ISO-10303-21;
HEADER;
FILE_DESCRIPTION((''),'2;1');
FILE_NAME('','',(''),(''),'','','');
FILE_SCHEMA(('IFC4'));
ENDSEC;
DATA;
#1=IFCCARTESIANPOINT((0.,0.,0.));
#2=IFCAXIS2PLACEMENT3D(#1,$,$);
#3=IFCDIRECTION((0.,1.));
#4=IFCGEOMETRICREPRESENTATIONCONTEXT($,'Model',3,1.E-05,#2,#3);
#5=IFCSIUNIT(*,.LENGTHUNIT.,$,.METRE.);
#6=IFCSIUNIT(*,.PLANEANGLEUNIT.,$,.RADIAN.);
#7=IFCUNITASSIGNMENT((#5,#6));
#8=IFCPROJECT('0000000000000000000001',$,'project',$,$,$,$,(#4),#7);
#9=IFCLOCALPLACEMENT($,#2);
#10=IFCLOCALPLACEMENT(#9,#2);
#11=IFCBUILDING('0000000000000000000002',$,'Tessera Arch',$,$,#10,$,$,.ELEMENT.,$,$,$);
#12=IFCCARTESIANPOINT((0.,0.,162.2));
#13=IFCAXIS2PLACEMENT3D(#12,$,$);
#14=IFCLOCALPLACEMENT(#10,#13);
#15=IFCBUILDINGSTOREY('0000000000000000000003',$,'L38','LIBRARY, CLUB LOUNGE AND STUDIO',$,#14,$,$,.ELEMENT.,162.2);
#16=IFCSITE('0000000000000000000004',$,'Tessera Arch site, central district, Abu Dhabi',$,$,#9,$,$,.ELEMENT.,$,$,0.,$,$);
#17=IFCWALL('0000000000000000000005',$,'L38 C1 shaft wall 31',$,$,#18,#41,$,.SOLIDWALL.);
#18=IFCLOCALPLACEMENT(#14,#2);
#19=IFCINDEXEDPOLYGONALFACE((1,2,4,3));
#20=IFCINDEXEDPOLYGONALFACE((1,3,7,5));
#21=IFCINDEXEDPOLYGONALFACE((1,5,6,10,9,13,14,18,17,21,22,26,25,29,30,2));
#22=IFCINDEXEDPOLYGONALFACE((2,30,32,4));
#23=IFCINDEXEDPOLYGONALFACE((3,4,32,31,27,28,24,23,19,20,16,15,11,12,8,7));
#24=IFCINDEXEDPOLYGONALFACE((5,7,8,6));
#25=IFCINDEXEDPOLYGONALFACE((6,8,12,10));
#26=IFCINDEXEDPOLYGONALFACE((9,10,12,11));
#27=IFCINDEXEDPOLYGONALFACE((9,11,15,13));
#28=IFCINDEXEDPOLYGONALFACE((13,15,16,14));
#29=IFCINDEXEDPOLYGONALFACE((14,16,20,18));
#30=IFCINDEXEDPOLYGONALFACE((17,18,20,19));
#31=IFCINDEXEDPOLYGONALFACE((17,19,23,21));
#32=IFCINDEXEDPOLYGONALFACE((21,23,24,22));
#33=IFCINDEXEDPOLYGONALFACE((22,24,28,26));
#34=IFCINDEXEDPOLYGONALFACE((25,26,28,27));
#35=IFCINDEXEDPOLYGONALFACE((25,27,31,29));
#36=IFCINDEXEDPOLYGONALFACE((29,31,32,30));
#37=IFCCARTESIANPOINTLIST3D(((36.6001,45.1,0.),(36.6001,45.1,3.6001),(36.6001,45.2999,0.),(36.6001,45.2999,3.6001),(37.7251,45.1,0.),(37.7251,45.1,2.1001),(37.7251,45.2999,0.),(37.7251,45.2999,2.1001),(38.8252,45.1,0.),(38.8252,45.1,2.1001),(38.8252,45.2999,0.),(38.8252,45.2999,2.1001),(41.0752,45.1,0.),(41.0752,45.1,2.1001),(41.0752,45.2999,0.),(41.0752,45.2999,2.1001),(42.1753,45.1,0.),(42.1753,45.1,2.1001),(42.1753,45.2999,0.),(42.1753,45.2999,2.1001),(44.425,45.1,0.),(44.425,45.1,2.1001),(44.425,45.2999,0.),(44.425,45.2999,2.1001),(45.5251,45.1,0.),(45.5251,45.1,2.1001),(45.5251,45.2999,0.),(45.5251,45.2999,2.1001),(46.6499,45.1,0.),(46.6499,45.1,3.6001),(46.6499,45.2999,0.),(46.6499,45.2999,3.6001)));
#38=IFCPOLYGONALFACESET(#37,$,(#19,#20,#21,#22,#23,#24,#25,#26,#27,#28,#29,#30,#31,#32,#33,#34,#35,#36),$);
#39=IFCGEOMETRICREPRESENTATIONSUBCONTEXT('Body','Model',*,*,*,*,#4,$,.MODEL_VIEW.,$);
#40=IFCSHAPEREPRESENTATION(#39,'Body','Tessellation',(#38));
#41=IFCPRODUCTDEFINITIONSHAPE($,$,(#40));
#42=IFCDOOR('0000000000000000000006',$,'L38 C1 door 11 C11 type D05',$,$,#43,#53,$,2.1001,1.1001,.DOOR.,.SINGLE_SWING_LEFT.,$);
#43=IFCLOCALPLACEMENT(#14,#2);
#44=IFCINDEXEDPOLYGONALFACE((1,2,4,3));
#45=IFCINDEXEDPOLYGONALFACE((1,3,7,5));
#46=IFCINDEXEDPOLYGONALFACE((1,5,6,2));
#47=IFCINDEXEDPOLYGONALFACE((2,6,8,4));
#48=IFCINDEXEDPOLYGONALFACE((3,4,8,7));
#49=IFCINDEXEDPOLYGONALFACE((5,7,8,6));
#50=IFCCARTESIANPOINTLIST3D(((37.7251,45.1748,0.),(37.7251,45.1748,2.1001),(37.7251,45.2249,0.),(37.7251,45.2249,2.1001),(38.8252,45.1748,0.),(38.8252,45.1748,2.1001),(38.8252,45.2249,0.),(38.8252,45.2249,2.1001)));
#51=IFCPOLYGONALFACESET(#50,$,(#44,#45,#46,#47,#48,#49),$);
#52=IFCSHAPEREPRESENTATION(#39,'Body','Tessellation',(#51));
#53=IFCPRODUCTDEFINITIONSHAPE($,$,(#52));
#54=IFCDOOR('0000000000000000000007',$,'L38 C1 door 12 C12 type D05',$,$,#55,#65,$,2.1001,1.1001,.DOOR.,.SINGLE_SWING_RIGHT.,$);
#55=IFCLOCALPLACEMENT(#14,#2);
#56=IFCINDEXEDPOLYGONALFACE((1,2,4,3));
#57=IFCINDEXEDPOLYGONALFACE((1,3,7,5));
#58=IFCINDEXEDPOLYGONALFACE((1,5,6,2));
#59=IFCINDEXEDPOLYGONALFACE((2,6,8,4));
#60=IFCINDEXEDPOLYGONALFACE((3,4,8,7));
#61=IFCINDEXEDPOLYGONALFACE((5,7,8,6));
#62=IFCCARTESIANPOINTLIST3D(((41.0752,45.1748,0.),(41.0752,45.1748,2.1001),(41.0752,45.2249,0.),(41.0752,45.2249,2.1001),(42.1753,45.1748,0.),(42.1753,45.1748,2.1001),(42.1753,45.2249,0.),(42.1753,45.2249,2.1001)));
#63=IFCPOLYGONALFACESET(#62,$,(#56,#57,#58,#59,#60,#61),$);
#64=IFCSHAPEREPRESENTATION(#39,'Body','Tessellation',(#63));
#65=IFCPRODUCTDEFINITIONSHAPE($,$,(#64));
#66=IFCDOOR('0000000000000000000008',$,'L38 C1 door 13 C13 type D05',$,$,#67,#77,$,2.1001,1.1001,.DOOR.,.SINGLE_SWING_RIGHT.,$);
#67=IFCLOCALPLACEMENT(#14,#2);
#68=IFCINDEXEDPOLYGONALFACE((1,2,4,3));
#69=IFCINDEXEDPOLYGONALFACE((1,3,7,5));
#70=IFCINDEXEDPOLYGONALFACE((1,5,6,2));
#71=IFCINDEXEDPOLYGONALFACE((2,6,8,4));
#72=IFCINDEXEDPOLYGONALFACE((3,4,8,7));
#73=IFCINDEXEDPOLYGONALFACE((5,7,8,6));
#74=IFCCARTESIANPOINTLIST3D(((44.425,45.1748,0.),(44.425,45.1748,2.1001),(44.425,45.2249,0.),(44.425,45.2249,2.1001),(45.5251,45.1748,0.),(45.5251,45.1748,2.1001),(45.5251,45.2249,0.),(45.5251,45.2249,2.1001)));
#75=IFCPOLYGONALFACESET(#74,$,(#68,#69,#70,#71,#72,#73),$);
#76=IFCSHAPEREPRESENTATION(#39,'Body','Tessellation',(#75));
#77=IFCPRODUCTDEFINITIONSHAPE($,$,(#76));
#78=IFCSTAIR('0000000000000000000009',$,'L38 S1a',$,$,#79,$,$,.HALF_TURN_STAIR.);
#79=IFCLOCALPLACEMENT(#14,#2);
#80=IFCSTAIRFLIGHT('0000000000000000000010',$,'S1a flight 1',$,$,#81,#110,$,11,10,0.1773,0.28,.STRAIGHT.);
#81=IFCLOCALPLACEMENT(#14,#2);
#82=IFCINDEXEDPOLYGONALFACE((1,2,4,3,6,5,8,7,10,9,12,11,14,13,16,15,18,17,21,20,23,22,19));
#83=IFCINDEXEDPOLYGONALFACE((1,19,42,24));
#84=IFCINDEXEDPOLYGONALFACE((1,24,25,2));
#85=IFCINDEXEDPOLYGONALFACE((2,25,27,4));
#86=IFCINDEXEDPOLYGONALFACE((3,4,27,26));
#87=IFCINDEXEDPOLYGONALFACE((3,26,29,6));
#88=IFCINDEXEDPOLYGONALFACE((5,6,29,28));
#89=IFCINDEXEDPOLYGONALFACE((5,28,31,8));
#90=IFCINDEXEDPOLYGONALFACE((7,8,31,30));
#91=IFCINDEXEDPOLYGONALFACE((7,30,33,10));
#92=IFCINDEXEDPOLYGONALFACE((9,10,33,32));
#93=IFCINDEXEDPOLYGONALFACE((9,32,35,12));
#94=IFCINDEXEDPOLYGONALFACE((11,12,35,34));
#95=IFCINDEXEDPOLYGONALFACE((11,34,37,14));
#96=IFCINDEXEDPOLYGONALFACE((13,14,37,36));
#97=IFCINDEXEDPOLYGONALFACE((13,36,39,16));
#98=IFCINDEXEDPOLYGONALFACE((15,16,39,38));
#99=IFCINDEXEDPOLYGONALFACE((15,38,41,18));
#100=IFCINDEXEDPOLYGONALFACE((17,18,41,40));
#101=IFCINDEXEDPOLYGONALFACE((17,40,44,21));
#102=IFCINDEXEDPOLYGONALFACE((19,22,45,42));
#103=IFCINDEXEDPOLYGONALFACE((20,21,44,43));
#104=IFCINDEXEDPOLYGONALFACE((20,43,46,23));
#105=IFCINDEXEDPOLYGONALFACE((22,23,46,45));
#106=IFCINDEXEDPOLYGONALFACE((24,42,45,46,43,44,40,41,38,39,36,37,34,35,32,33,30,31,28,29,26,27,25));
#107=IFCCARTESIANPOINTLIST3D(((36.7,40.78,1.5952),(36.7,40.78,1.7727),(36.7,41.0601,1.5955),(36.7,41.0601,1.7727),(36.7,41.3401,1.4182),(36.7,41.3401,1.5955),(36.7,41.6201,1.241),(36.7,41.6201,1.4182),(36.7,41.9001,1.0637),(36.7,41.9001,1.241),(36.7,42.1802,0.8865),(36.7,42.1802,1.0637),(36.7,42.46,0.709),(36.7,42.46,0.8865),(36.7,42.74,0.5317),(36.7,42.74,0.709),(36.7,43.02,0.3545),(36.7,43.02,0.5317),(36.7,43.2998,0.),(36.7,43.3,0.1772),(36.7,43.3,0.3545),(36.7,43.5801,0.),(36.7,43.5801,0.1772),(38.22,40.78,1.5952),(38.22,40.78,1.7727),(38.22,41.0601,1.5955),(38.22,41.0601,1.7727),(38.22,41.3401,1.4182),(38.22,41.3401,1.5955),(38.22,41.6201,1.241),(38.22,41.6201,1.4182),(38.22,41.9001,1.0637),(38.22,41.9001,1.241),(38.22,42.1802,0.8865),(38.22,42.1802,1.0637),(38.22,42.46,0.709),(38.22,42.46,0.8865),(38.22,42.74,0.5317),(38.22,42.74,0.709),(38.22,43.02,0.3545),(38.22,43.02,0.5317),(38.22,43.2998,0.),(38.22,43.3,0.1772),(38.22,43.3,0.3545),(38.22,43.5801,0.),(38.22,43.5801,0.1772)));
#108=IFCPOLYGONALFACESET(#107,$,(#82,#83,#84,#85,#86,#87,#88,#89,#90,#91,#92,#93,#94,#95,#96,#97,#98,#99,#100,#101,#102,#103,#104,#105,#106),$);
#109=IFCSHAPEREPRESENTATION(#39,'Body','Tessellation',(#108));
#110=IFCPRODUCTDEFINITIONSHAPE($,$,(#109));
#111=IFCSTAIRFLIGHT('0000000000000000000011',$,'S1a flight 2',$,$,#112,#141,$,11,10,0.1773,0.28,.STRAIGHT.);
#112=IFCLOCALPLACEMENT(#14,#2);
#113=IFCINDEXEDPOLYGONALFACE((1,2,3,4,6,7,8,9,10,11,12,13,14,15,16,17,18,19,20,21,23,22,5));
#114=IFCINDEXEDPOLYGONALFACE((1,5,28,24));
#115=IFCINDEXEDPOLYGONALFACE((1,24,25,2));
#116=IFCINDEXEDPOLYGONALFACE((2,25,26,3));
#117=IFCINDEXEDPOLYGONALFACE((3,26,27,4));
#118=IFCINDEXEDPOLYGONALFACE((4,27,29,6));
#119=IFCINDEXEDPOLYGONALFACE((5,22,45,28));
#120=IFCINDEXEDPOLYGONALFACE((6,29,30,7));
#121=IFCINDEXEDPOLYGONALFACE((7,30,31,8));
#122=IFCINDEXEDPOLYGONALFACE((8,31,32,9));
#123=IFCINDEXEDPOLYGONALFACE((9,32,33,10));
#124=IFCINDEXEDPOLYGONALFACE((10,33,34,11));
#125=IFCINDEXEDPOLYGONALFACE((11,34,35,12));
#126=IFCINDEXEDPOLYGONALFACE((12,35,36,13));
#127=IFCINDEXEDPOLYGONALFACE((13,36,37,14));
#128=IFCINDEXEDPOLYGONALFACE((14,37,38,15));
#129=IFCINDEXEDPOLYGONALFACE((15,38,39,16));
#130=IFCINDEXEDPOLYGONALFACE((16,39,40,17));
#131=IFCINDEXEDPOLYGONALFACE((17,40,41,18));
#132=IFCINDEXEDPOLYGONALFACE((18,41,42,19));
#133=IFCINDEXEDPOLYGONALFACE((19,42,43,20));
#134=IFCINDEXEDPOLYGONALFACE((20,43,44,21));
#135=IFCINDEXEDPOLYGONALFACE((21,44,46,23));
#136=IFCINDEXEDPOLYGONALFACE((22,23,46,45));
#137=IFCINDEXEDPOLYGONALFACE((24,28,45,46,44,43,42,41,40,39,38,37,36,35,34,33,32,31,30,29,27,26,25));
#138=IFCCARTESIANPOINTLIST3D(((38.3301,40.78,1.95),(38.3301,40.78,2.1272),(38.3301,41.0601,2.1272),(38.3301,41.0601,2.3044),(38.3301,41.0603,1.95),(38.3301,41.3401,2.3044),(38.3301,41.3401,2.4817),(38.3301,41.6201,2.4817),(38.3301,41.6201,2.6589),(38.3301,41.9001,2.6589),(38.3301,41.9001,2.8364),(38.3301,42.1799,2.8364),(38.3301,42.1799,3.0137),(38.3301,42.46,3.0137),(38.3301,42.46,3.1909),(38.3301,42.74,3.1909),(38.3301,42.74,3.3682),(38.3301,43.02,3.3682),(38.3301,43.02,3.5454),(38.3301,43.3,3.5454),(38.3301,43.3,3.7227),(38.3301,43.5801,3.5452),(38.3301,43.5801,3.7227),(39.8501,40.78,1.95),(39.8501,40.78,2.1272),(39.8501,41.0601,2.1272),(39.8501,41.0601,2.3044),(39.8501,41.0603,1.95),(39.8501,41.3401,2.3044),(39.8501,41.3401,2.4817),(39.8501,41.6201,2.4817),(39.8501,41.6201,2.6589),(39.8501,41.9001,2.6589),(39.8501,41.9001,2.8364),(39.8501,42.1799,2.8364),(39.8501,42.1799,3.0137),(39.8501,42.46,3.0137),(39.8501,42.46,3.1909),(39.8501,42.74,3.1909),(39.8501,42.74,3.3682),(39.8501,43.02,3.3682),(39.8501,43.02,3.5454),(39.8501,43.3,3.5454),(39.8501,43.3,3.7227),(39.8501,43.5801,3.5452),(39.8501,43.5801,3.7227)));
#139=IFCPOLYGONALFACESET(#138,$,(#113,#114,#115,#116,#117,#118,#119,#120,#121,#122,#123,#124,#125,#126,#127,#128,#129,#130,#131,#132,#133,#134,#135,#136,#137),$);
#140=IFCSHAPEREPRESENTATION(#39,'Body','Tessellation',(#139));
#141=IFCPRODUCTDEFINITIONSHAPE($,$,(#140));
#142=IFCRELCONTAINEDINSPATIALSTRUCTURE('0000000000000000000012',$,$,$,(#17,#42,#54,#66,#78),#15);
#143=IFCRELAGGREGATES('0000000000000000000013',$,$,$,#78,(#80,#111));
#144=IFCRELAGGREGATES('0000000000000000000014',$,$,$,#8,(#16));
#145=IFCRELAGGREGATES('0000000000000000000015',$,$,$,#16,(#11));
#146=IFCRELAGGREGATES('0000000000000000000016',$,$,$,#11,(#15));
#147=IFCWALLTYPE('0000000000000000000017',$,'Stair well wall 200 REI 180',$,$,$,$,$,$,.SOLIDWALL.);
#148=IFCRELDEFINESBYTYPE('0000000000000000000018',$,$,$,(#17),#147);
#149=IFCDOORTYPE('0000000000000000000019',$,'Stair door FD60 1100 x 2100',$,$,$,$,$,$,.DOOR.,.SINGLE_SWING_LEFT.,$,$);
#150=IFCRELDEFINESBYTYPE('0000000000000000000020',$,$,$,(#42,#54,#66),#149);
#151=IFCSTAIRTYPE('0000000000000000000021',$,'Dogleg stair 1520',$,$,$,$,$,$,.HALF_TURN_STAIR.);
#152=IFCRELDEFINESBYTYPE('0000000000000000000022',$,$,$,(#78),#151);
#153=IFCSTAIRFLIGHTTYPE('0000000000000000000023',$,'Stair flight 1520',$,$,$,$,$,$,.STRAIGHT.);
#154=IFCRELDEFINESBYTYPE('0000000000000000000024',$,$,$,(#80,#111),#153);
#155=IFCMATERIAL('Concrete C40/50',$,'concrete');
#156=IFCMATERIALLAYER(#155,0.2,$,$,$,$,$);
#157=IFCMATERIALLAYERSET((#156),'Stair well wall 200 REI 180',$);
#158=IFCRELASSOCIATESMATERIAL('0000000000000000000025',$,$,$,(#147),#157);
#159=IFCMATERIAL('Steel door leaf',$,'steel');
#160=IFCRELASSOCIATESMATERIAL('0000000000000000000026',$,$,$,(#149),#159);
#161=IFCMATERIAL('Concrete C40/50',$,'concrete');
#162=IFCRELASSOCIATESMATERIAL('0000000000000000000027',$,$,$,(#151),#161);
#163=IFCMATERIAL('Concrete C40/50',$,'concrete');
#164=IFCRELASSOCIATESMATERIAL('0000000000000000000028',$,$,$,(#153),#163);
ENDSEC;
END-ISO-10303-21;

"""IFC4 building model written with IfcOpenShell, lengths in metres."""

from ifc_helpers import new_model, si_unit, direction, frame, frame_2d, origin, place, context, subcontext, project, spatial, polyline, rectangle, outline, extrude, material, layer, layer_set, type_object, element, fill, aggregate, save


model = new_model("IFC4")

# Units and contexts
model_context = context("Model", 3, precision=1e-05, world=origin(), true_north=direction((0.0, 1.0)))
body_context = subcontext(model_context, "Body", "Model", "MODEL_VIEW")
ifc_project = project(units=[si_unit("LENGTHUNIT", "METRE"), si_unit("PLANEANGLEUNIT", "RADIAN")], contexts=[model_context])

# Site, building, storey
site_placement = place(None, origin())
site = spatial("IfcSite", under=ifc_project, at=site_placement, Name="Tessera Arch site, central district, Abu Dhabi", CompositionType="ELEMENT", RefElevation=0.0)
building_placement = place(site_placement, origin())
building = spatial("IfcBuilding", under=site, at=building_placement, Name="Tessera Arch", CompositionType="ELEMENT")
storey_placement = place(building_placement, frame((0.0, 0.0, 162.2)))
storey = spatial("IfcBuildingStorey", under=building, at=storey_placement, Name="L38", Description="LIBRARY, CLUB LOUNGE AND STUDIO", CompositionType="ELEMENT", Elevation=162.2)

# Shared definitions
ifc_material_1 = material(Name="Concrete C40/50", Category="concrete")
ifc_layer_1 = layer(ifc_material_1, 0.2)
ifc_layer_set_1 = layer_set([ifc_layer_1], Name="Stair well wall 200 REI 180")
wall_type_1 = type_object("IfcWallType", Name="Stair well wall 200 REI 180", PredefinedType="SOLIDWALL", material=ifc_layer_set_1)

# Wall, openings, doors
wall_1_placement = place(storey_placement, frame((36.6001, 45.2, 0.0), z_axis=(0.0, 0.0, 1.0), x_axis=(1.0, 0.0, 0.0)))
wall_1 = element("IfcWall", 1, at=wall_1_placement, inside=storey, type_object=wall_type_1, Name="L38 C1 shaft wall 31", PredefinedType="SOLIDWALL", context=body_context, shape_type="SweptSolid", body=[
    extrude(rectangle(XDim=10.0498, YDim=0.2, at=frame_2d((5.0249, 0.0))), origin(), (0.0, 0.0, 1.0), 3.6001),
])
opening_1_placement = place(wall_1_placement, frame((1.125, 0.0, 0.0)))
opening_1 = element("IfcOpeningElement", 2, at=opening_1_placement, cuts=wall_1, PredefinedType="OPENING", context=body_context, shape_type="SweptSolid", body=[
    extrude(rectangle(XDim=1.1001, YDim=2.1001, at=frame_2d((0.55, 1.05))), frame((0.0, 0.1099, 0.0), z_axis=(0.0, -1.0, 0.0), x_axis=(1.0, 0.0, 0.0)), (0.0, 0.0, 1.0), 0.22),
])
opening_2_placement = place(wall_1_placement, frame((4.4751, 0.0, 0.0)))
opening_2 = element("IfcOpeningElement", 3, at=opening_2_placement, cuts=wall_1, PredefinedType="OPENING", context=body_context, shape_type="SweptSolid", body=[
    extrude(rectangle(XDim=1.1001, YDim=2.1001, at=frame_2d((0.55, 1.05))), frame((0.0, 0.1099, 0.0), z_axis=(0.0, -1.0, 0.0), x_axis=(1.0, 0.0, 0.0)), (0.0, 0.0, 1.0), 0.22),
])
opening_3_placement = place(wall_1_placement, frame((7.825, 0.0, 0.0)))
opening_3 = element("IfcOpeningElement", 4, at=opening_3_placement, cuts=wall_1, PredefinedType="OPENING", context=body_context, shape_type="SweptSolid", body=[
    extrude(rectangle(XDim=1.1001, YDim=2.1001, at=frame_2d((0.55, 1.05))), frame((0.0, 0.1099, 0.0), z_axis=(0.0, -1.0, 0.0), x_axis=(1.0, 0.0, 0.0)), (0.0, 0.0, 1.0), 0.22),
])
ifc_material_2 = material(Name="Steel door leaf", Category="steel")
door_type_1 = type_object("IfcDoorType", Name="Stair door FD60 1100 x 2100", OperationType="SINGLE_SWING_LEFT", PredefinedType="DOOR", material=ifc_material_2)
door_1_placement = place(opening_1_placement, origin())
door_1 = element("IfcDoor", 5, at=door_1_placement, inside=storey, type_object=door_type_1, Name="L38 C1 door 11 C11 type D05", OperationType="SINGLE_SWING_LEFT", OverallHeight=2.1001, OverallWidth=1.1001, PredefinedType="DOOR", context=body_context, shape_type="SweptSolid", body=[
    extrude(rectangle(XDim=1.1001, YDim=2.1001, at=frame_2d((0.55, 1.05))), frame((0.0, 0.0249, 0.0), z_axis=(0.0, -1.0, 0.0), x_axis=(1.0, 0.0, 0.0)), (0.0, 0.0, 1.0), 0.05),
])
fill(opening_1, door_1)
door_2_placement = place(opening_2_placement, origin())
door_2 = element("IfcDoor", 6, at=door_2_placement, inside=storey, type_object=door_type_1, Name="L38 C1 door 12 C12 type D05", OperationType="SINGLE_SWING_RIGHT", OverallHeight=2.1001, OverallWidth=1.1001, PredefinedType="DOOR", context=body_context, shape_type="SweptSolid", body=[
    extrude(rectangle(XDim=1.1001, YDim=2.1001, at=frame_2d((0.55, 1.05))), frame((0.0, 0.0249, 0.0), z_axis=(0.0, -1.0, 0.0), x_axis=(1.0, 0.0, 0.0)), (0.0, 0.0, 1.0), 0.05),
])
fill(opening_2, door_2)
door_3_placement = place(opening_3_placement, origin())
door_3 = element("IfcDoor", 7, at=door_3_placement, inside=storey, type_object=door_type_1, Name="L38 C1 door 13 C13 type D05", OperationType="SINGLE_SWING_RIGHT", OverallHeight=2.1001, OverallWidth=1.1001, PredefinedType="DOOR", context=body_context, shape_type="SweptSolid", body=[
    extrude(rectangle(XDim=1.1001, YDim=2.1001, at=frame_2d((0.55, 1.05))), frame((0.0, 0.0249, 0.0), z_axis=(0.0, -1.0, 0.0), x_axis=(1.0, 0.0, 0.0)), (0.0, 0.0, 1.0), 0.05),
])
fill(opening_3, door_3)

# Stair, stair flights
ifc_material_3 = material(Name="Concrete C40/50", Category="concrete")
stair_type = type_object("IfcStairType", Name="Dogleg stair 1520", PredefinedType="HALF_TURN_STAIR", material=ifc_material_3)
stair_placement = place(storey_placement, origin())
stair = element("IfcStair", 8, at=stair_placement, inside=storey, type_object=stair_type, Name="L38 S1a", PredefinedType="HALF_TURN_STAIR")
ifc_material_4 = material(Name="Concrete C40/50", Category="concrete")
stair_flight_type = type_object("IfcStairFlightType", Name="Stair flight 1520", PredefinedType="STRAIGHT", material=ifc_material_4)
stair_flight_1_placement = place(storey_placement, frame((37.46, 43.5801, 0.0), z_axis=(0.0, 0.0, 1.0), x_axis=(0.0, -1.0, 0.0)))
stair_flight_1 = element("IfcStairFlight", 9, at=stair_flight_1_placement, type_object=stair_flight_type, Name="S1a flight 1", NumberOfRisers=11, NumberOfTreads=10, PredefinedType="STRAIGHT", RiserHeight=0.1773, TreadLength=0.28, context=body_context, shape_type="SweptSolid", body=[
    extrude(outline(polyline([(0.0, 0.0), (0.0, 0.1772), (0.28, 0.1772), (0.28, 0.3545), (0.5601, 0.3545), (0.5601, 0.5317), (0.8401, 0.5317), (0.8401, 0.709), (1.1201, 0.709), (1.1201, 0.8865), (1.3999, 0.8865), (1.3999, 1.0637), (1.6799, 1.0637), (1.6799, 1.241), (1.96, 1.241), (1.96, 1.4182), (2.24, 1.4182), (2.24, 1.5955), (2.52, 1.5955), (2.52, 1.7727), (2.8, 1.7727), (2.8, 1.95), (2.8, 1.5952), (0.2803, 0.0), (0.0, 0.0)])), frame((0.0, 0.76, 0.0), z_axis=(0.0, -1.0, 0.0), x_axis=(1.0, 0.0, 0.0)), (0.0, 0.0, 1.0), 1.52),
])
stair_flight_2_placement = place(storey_placement, frame((39.0901, 40.78, 1.95), z_axis=(0.0, 0.0, 1.0), x_axis=(0.0, 1.0, 0.0)))
stair_flight_2 = element("IfcStairFlight", 10, at=stair_flight_2_placement, type_object=stair_flight_type, Name="S1a flight 2", NumberOfRisers=11, NumberOfTreads=10, PredefinedType="STRAIGHT", RiserHeight=0.1773, TreadLength=0.28, context=body_context, shape_type="SweptSolid", body=[
    extrude(outline(polyline([(0.0, 0.0), (0.0, 0.1772), (0.28, 0.1772), (0.28, 0.3545), (0.5601, 0.3545), (0.5601, 0.5317), (0.8401, 0.5317), (0.8401, 0.709), (1.1201, 0.709), (1.1201, 0.8865), (1.3999, 0.8865), (1.3999, 1.0637), (1.6799, 1.0637), (1.6799, 1.241), (1.96, 1.241), (1.96, 1.4182), (2.24, 1.4182), (2.24, 1.5955), (2.52, 1.5955), (2.52, 1.7727), (2.8, 1.7727), (2.8, 1.95), (2.8, 1.5952), (0.2803, 0.0), (0.0, 0.0)])), frame((0.0, 0.76, 0.0), z_axis=(0.0, -1.0, 0.0), x_axis=(1.0, 0.0, 0.0)), (0.0, 0.0, 1.0), 1.52),
])
aggregate(stair, [stair_flight_1, stair_flight_2])

save(model, "model.ifc")
